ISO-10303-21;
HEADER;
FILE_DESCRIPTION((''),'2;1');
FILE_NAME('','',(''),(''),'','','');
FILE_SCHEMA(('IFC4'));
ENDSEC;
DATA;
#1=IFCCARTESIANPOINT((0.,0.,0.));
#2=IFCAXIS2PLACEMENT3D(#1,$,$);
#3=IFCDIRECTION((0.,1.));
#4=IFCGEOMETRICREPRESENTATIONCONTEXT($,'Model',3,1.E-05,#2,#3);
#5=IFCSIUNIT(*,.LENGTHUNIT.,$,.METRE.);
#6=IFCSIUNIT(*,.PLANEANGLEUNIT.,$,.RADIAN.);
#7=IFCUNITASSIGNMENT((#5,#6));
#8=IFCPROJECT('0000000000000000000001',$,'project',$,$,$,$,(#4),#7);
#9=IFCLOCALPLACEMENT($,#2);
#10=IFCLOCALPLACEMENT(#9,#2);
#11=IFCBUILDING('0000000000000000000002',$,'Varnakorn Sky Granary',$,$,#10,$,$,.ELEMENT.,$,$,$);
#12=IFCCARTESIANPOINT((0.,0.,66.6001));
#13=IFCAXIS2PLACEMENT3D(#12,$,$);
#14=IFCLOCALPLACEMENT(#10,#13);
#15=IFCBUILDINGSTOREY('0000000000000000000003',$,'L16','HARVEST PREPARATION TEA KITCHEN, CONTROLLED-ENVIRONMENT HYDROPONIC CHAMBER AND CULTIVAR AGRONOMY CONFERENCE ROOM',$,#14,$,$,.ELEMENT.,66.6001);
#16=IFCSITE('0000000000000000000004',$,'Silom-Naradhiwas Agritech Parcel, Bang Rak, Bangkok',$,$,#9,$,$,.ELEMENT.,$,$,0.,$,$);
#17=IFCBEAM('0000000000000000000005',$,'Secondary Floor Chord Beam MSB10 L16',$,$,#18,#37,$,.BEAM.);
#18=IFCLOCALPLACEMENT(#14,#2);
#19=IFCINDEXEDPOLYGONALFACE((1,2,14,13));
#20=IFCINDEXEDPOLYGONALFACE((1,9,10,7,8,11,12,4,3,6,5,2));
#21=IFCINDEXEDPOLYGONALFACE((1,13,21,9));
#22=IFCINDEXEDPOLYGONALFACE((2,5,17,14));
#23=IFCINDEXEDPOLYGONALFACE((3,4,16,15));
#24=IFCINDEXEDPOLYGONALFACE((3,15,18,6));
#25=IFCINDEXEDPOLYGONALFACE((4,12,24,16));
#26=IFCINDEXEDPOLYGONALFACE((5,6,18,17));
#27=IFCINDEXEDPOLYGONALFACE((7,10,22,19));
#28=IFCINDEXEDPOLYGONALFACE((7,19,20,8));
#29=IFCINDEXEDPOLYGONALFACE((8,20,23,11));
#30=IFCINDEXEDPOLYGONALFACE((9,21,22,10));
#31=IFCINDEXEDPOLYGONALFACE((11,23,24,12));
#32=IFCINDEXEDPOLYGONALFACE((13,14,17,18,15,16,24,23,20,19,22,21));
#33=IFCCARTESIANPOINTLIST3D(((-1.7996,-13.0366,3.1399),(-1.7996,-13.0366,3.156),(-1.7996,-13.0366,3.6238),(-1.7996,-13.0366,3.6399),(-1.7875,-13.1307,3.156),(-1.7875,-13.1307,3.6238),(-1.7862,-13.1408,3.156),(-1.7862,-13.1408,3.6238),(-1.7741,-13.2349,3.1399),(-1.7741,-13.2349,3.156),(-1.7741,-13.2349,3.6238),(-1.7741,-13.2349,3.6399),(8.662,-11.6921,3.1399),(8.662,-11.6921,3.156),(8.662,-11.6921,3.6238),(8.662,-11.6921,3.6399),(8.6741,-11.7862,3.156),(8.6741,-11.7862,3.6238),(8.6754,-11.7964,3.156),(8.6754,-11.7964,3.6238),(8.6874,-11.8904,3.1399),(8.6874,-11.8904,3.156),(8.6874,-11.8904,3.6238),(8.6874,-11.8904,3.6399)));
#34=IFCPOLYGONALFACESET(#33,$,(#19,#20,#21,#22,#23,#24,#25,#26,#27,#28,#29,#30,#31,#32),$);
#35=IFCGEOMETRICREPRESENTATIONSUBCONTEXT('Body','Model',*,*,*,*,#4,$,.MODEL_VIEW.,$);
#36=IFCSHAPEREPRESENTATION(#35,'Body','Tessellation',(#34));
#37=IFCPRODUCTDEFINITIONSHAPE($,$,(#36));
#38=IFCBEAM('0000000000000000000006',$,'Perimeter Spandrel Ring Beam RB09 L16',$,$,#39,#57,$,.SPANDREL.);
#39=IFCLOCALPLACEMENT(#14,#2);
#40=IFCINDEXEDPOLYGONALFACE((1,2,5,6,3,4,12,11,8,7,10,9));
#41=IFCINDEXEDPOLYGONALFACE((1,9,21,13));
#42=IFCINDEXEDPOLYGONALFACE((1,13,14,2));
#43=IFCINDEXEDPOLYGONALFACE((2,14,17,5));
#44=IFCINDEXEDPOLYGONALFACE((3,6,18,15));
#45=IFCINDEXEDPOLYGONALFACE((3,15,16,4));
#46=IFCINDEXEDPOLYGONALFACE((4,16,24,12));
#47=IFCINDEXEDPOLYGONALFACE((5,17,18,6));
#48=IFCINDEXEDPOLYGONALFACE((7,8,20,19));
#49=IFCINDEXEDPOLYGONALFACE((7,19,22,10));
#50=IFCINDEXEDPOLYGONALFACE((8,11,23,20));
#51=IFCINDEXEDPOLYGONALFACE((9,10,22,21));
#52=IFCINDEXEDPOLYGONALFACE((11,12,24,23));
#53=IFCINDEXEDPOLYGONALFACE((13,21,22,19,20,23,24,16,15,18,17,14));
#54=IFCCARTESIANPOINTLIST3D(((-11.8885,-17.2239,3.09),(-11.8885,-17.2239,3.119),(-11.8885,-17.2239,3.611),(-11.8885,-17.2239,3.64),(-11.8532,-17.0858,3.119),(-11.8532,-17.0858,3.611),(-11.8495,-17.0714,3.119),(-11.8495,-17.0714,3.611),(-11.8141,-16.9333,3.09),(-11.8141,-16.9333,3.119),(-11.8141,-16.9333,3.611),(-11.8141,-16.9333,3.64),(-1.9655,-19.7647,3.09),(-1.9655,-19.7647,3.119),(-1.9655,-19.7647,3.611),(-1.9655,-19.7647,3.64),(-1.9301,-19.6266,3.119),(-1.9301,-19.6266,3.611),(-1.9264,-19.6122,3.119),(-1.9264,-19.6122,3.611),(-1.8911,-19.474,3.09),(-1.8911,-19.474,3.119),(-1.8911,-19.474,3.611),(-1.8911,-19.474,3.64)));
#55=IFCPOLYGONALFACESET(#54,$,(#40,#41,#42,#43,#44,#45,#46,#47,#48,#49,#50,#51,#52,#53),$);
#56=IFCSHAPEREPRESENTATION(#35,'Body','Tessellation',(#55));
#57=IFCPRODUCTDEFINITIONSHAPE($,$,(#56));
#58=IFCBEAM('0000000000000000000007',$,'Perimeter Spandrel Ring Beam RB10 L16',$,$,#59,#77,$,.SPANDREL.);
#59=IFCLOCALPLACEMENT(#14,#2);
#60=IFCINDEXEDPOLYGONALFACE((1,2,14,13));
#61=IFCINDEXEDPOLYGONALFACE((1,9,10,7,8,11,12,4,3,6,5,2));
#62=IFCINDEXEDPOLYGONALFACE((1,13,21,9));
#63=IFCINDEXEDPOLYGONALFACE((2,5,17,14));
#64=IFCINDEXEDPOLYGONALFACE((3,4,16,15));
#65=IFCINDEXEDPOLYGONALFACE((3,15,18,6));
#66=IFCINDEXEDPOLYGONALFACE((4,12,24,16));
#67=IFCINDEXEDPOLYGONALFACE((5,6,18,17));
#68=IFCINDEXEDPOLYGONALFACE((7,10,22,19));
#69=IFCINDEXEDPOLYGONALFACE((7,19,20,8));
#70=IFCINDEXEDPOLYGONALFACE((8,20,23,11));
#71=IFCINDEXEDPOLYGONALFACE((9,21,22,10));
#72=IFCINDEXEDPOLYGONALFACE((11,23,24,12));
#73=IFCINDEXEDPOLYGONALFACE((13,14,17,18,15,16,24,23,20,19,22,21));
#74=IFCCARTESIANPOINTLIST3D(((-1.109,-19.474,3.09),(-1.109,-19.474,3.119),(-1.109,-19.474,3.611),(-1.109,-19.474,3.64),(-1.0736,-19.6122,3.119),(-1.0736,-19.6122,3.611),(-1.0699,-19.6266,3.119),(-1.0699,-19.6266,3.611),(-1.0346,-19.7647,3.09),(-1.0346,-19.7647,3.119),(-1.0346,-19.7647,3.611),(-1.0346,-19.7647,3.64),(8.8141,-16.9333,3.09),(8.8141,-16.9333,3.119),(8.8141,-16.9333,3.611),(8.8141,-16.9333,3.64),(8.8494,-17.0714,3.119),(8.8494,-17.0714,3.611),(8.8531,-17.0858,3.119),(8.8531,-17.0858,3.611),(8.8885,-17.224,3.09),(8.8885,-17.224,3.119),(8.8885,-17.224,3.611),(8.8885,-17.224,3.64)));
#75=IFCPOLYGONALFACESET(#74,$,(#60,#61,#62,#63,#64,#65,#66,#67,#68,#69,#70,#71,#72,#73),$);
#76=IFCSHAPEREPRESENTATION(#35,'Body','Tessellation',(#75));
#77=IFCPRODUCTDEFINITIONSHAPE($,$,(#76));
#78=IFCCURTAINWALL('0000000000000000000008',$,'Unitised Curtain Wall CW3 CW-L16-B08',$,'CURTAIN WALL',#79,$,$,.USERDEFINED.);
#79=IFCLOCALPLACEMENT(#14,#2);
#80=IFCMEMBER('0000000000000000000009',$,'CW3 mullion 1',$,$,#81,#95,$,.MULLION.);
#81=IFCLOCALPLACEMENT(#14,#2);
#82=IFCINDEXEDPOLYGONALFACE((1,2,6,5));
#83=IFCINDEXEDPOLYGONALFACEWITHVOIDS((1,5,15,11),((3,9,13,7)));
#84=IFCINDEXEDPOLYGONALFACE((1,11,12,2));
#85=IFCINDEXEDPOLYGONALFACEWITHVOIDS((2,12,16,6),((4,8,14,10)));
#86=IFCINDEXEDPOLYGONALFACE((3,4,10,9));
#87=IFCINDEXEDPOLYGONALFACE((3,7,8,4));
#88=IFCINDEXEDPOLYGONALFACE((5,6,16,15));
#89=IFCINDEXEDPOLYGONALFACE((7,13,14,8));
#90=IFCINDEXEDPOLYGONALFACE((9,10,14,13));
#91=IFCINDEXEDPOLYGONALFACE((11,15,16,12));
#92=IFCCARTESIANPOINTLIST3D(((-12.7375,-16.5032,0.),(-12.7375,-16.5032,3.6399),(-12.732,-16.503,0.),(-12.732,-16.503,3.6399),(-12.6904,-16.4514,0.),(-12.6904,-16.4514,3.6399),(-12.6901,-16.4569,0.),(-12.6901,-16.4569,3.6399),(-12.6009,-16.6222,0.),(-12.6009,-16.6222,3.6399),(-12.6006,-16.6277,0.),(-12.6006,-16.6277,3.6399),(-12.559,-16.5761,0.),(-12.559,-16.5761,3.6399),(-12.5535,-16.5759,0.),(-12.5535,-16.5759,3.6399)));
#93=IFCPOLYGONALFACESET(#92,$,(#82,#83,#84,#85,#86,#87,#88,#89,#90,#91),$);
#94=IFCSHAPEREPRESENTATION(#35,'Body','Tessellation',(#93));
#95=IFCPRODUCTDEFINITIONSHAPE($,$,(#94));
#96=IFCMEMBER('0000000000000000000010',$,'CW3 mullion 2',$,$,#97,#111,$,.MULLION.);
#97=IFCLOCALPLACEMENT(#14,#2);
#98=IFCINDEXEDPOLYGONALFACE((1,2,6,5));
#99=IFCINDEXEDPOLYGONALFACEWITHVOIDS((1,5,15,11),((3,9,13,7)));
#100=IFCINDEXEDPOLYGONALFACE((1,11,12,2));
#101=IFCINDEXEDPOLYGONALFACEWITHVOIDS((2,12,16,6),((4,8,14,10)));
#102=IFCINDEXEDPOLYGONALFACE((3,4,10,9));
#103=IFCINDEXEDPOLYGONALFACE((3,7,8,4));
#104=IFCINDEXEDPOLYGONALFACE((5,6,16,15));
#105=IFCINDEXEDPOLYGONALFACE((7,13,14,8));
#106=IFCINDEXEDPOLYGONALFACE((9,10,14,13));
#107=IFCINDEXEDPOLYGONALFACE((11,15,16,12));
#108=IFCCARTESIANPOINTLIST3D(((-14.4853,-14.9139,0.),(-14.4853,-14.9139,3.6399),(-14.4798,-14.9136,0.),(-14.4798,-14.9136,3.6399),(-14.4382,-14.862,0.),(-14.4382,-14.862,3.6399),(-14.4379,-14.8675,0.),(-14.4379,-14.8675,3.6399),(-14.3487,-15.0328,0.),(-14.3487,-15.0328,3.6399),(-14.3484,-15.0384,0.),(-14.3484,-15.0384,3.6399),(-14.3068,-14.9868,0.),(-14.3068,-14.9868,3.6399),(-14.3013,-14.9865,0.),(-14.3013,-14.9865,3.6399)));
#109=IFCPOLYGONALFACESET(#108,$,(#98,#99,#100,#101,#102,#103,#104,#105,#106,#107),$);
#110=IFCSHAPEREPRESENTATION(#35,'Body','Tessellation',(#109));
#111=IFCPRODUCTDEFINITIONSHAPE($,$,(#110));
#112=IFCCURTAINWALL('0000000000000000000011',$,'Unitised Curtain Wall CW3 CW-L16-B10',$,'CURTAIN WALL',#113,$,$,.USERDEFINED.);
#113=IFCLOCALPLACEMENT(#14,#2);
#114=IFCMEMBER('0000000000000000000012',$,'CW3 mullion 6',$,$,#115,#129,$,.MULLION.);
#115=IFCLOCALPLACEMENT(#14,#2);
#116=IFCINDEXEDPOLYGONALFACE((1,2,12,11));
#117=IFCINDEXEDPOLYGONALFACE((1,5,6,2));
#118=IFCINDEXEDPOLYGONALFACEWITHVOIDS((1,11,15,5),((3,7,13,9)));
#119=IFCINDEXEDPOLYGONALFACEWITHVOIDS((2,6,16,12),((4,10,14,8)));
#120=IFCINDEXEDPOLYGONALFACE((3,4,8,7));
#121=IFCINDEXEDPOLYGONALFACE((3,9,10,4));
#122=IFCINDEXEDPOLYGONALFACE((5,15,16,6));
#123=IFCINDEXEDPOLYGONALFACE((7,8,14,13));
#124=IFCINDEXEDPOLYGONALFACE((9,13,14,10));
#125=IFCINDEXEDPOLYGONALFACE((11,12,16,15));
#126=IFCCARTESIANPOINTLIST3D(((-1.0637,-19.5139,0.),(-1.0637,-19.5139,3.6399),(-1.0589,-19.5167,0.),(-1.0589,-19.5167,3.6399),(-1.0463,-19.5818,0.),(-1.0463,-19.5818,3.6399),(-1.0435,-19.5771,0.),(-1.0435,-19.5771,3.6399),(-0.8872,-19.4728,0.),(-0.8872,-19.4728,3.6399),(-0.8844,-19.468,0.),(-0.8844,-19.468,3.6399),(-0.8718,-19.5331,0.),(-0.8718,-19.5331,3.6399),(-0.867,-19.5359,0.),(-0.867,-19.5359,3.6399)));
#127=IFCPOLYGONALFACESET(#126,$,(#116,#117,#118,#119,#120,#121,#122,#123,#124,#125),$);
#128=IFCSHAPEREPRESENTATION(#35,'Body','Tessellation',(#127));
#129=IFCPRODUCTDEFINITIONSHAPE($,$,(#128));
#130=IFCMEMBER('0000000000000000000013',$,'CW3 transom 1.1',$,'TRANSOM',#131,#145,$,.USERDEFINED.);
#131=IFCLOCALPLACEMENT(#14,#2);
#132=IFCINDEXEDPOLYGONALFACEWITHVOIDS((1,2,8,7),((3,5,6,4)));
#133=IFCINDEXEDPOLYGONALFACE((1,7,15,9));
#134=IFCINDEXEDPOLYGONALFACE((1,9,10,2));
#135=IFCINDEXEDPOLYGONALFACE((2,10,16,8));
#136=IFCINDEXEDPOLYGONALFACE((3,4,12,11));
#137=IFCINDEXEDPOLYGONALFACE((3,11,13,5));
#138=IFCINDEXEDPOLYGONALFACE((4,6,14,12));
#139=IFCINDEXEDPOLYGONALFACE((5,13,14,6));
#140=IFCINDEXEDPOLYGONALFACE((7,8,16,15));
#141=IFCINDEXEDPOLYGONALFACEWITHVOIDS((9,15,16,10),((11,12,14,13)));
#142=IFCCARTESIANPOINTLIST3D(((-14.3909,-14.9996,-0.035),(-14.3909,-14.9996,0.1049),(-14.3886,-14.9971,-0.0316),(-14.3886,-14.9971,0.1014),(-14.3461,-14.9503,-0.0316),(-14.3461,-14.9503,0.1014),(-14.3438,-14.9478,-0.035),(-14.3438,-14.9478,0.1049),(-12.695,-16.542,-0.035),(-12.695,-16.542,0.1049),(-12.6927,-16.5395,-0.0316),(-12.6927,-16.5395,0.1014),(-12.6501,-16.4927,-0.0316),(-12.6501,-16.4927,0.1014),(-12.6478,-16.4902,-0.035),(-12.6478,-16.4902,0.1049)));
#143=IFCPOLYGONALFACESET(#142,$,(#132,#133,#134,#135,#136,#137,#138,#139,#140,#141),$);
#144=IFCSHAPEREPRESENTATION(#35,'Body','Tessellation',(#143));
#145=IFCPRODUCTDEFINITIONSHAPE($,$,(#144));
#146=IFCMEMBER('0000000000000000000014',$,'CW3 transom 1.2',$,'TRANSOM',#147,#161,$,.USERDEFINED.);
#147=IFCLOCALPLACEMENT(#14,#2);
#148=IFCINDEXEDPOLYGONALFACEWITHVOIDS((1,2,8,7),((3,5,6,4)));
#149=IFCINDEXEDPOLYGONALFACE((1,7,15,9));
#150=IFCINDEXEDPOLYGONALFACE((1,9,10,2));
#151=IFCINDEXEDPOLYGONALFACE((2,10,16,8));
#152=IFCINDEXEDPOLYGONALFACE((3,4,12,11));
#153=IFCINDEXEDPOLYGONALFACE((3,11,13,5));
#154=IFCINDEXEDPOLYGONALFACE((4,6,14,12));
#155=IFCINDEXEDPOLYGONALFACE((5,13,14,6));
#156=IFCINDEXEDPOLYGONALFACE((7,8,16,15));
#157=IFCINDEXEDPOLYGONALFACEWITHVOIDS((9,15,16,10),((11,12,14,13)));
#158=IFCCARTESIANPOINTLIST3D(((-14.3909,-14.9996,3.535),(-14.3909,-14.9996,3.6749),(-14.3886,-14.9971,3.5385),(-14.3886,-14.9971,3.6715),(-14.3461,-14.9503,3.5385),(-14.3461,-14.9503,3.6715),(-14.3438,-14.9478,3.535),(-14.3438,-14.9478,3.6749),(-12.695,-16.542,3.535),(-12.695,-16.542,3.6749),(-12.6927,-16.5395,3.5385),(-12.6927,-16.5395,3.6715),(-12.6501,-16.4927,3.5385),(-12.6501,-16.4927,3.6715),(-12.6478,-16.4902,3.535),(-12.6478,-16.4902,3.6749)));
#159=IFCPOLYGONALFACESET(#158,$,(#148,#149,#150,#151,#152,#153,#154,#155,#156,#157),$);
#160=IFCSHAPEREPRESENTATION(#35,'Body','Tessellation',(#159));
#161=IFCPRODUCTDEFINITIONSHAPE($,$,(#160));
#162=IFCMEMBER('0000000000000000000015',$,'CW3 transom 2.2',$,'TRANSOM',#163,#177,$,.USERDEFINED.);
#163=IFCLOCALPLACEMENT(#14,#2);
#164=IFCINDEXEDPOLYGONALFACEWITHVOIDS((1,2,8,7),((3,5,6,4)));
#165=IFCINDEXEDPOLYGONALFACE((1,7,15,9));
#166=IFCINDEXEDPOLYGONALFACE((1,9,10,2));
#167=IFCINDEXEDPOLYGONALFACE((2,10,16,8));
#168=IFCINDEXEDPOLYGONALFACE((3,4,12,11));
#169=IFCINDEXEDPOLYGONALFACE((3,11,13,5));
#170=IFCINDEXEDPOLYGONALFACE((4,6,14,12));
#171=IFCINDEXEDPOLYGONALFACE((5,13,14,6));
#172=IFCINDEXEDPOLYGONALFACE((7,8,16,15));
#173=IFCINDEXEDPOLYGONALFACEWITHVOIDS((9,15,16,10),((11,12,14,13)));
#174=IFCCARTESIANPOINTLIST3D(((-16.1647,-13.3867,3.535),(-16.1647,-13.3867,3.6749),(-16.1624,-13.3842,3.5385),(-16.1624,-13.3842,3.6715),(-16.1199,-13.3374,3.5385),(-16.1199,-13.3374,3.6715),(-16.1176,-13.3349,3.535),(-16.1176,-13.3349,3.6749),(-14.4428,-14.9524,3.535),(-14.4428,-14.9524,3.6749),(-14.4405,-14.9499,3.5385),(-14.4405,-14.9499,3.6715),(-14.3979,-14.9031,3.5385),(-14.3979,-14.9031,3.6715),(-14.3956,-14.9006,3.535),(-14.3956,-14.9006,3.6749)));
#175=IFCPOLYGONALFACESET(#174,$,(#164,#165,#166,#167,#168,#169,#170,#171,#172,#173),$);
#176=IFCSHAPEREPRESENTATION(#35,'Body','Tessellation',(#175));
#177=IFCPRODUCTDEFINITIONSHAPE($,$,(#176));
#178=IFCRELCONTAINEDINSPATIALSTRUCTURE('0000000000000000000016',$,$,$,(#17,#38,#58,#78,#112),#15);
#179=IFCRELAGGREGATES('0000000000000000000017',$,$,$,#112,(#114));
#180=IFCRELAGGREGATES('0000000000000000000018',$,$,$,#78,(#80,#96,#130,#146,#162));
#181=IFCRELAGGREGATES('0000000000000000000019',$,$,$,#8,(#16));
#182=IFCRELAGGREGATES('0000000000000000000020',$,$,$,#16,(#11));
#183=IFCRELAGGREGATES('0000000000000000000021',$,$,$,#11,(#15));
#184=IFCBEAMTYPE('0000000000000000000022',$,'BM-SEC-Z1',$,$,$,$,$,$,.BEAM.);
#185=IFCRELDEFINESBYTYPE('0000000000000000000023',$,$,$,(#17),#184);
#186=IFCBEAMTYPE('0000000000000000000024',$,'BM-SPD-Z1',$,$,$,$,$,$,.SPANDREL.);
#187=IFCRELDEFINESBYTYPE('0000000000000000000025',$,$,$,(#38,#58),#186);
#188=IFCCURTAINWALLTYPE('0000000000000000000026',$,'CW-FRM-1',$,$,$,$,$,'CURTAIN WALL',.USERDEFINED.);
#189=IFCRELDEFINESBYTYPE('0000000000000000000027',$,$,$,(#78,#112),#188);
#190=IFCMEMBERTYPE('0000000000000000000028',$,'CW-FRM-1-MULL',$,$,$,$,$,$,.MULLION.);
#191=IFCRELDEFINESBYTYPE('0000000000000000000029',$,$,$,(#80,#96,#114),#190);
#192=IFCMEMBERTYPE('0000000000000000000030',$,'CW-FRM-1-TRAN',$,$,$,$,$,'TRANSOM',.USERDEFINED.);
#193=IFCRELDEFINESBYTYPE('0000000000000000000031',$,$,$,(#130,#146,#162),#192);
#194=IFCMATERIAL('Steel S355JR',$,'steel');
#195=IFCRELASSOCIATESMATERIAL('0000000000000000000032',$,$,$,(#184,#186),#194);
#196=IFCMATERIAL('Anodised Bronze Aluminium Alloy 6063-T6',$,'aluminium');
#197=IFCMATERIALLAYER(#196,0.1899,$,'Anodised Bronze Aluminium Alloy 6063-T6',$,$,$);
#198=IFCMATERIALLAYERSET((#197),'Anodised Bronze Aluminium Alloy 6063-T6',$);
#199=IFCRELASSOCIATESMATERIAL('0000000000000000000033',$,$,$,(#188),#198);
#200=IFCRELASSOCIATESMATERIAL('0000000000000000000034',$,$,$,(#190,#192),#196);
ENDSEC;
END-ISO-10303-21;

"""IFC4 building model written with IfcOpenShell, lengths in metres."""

from ifc_helpers import new_model, si_unit, direction, frame, origin, origin_2d, place, context, subcontext, project, spatial, hollow_rectangle, i_section, extrude, material, layer, layer_set, material_profile, profile_set, type_object, element, aggregate, save


model = new_model("IFC4")

# Units and contexts
model_context = context("Model", 3, precision=1e-05, world=origin(), true_north=direction((0.0, 1.0)))
body_context = subcontext(model_context, "Body", "Model", "MODEL_VIEW")
ifc_project = project(units=[si_unit("LENGTHUNIT", "METRE"), si_unit("PLANEANGLEUNIT", "RADIAN")], contexts=[model_context])

# Site, building, storey
site_placement = place(None, origin())
site = spatial("IfcSite", under=ifc_project, at=site_placement, Name="Silom-Naradhiwas Agritech Parcel, Bang Rak, Bangkok", CompositionType="ELEMENT", RefElevation=0.0)
building_placement = place(site_placement, origin())
building = spatial("IfcBuilding", under=site, at=building_placement, Name="Varnakorn Sky Granary", CompositionType="ELEMENT")
storey_placement = place(building_placement, frame((0.0, 0.0, 66.6001)))
storey = spatial("IfcBuildingStorey", under=building, at=storey_placement, Name="L16", Description="HARVEST PREPARATION TEA KITCHEN, CONTROLLED-ENVIRONMENT HYDROPONIC CHAMBER AND CULTIVAR AGRONOMY CONFERENCE ROOM", CompositionType="ELEMENT", Elevation=66.6001)

# Beams
ifc_material_1 = material(Name="Steel S355JR", Category="steel")
ifc_material_profile_1 = material_profile(ifc_material_1, i_section(OverallWidth=0.2, OverallDepth=0.5, WebThickness=0.0103, FlangeThickness=0.0161, at=origin_2d()), Name="IPE 500")
ifc_profile_set_1 = profile_set([ifc_material_profile_1], Name="Steel S355JR")
beam_type_1 = type_object("IfcBeamType", Name="BM-SEC-Z1", PredefinedType="BEAM", material=ifc_profile_set_1)
beam_1_placement = place(storey_placement, frame((-1.7869, -13.1357, 3.3899), z_axis=(0.991843, 0.127467, 0.0), x_axis=(-0.127467, 0.991843, 0.0)))
element("IfcBeam", 1, at=beam_1_placement, inside=storey, type_object=beam_type_1, Name="Secondary Floor Chord Beam MSB10 L16", PredefinedType="BEAM", context=body_context, shape_type="SweptSolid", body=[
    extrude(i_section(OverallWidth=0.2, OverallDepth=0.5, WebThickness=0.0103, FlangeThickness=0.0161, at=origin_2d()), origin(), (0.0, 0.0, 1.0), 10.5476),
])
ifc_material_profile_2 = material_profile(ifc_material_1, i_section(OverallWidth=0.3, OverallDepth=0.55, WebThickness=0.0149, FlangeThickness=0.0291, at=origin_2d()), Name="HE 550 B")
ifc_profile_set_2 = profile_set([ifc_material_profile_2], Name="Steel S355JR")
beam_type_2 = type_object("IfcBeamType", Name="BM-SPD-Z1", PredefinedType="SPANDREL", material=ifc_profile_set_2)
for number, where, z_axis, x_axis, name in (
    (2, (-11.8513, -17.0786, 3.365), (0.968749, -0.248044, 0.0), (0.248044, 0.968749, 0.0), "Perimeter Spandrel Ring Beam RB09 L16"),
    (3, (-1.0718, -19.6194, 3.365), (0.968749, 0.248044, 0.0), (-0.248044, 0.968749, 0.0), "Perimeter Spandrel Ring Beam RB10 L16"),
):
    element("IfcBeam", number, at=place(storey_placement, frame(where, z_axis=z_axis, x_axis=x_axis)), inside=storey, type_object=beam_type_2, Name=name, PredefinedType="SPANDREL", context=body_context, shape_type="SweptSolid", body=[
        extrude(i_section(OverallWidth=0.3, OverallDepth=0.55, WebThickness=0.0149, FlangeThickness=0.0291, at=origin_2d()), origin(), (0.0, 0.0, 1.0), 10.2432),
    ])

# Curtain wall, members
ifc_material_2 = material(Name="Anodised Bronze Aluminium Alloy 6063-T6", Category="aluminium")
ifc_layer_1 = layer(ifc_material_2, 0.1899, Name="Anodised Bronze Aluminium Alloy 6063-T6")
ifc_layer_set_1 = layer_set([ifc_layer_1], Name="Anodised Bronze Aluminium Alloy 6063-T6")
curtain_wall_type = type_object("IfcCurtainWallType", Name="CW-FRM-1", ElementType="CURTAIN WALL", PredefinedType="USERDEFINED", material=ifc_layer_set_1)
curtain_wall_1_placement = place(storey_placement, origin())
curtain_wall_1 = element("IfcCurtainWall", 4, at=curtain_wall_1_placement, inside=storey, type_object=curtain_wall_type, Name="Unitised Curtain Wall CW3 CW-L16-B08", ObjectType="CURTAIN WALL", PredefinedType="USERDEFINED")
ifc_material_profile_3 = material_profile(ifc_material_2, hollow_rectangle(XDim=0.0701, YDim=0.1851, WallThickness=0.0039, at=origin_2d()), Name="ALU MULL 70x185")
ifc_profile_set_3 = profile_set([ifc_material_profile_3], Name="Anodised Bronze Aluminium Alloy 6063-T6")
member_type_1 = type_object("IfcMemberType", Name="CW-FRM-1-MULL", PredefinedType="MULLION", material=ifc_profile_set_3)
member_1_placement = place(storey_placement, frame((-12.6455, -16.5396, 0.0), z_axis=(0.0, 0.0, 1.0), x_axis=(-0.672776, -0.739847, 0.0)))
member_1 = element("IfcMember", 5, at=member_1_placement, type_object=member_type_1, Name="CW3 mullion 1", PredefinedType="MULLION", context=body_context, shape_type="SweptSolid", body=[
    extrude(hollow_rectangle(XDim=0.0701, YDim=0.1851, WallThickness=0.0039, at=origin_2d()), origin(), (0.0, 0.0, 1.0), 3.6399),
])
member_2_placement = place(storey_placement, frame((-14.3933, -14.9502, 0.0), z_axis=(0.0, 0.0, 1.0), x_axis=(-0.672776, -0.739847, 0.0)))
member_2 = element("IfcMember", 6, at=member_2_placement, type_object=member_type_1, Name="CW3 mullion 2", PredefinedType="MULLION", context=body_context, shape_type="SweptSolid", body=[
    extrude(hollow_rectangle(XDim=0.0701, YDim=0.1851, WallThickness=0.0039, at=origin_2d()), origin(), (0.0, 0.0, 1.0), 3.6399),
])

# Curtain wall, member
curtain_wall_2_placement = place(storey_placement, origin())
curtain_wall_2 = element("IfcCurtainWall", 7, at=curtain_wall_2_placement, inside=storey, type_object=curtain_wall_type, Name="Unitised Curtain Wall CW3 CW-L16-B10", ObjectType="CURTAIN WALL", PredefinedType="USERDEFINED")
member_3_placement = place(storey_placement, frame((-0.9653, -19.5249, 0.0), z_axis=(0.0, 0.0, 1.0), x_axis=(0.248211, -0.968706, 0.0)))
member_3 = element("IfcMember", 8, at=member_3_placement, type_object=member_type_1, Name="CW3 mullion 6", PredefinedType="MULLION", context=body_context, shape_type="SweptSolid", body=[
    extrude(hollow_rectangle(XDim=0.0701, YDim=0.1851, WallThickness=0.0039, at=origin_2d()), origin(), (0.0, 0.0, 1.0), 3.6399),
])
aggregate(curtain_wall_2, [member_3])

# Members
ifc_material_profile_4 = material_profile(ifc_material_2, hollow_rectangle(XDim=0.0701, YDim=0.1399, WallThickness=0.0034, at=origin_2d()), Name="ALU TRAN 70x140")
ifc_profile_set_4 = profile_set([ifc_material_profile_4], Name="Anodised Bronze Aluminium Alloy 6063-T6")
member_type_2 = type_object("IfcMemberType", Name="CW-FRM-1-TRAN", ElementType="TRANSOM", PredefinedType="USERDEFINED", material=ifc_profile_set_4)
member_4_placement = place(storey_placement, frame((-12.6714, -16.5161, 0.0349), z_axis=(-0.739805, 0.672821, 0.0), x_axis=(-0.672821, -0.739805, 0.0)))
member_4 = element("IfcMember", 9, at=member_4_placement, type_object=member_type_2, Name="CW3 transom 1.1", ObjectType="TRANSOM", PredefinedType="USERDEFINED", context=body_context, shape_type="SweptSolid", body=[
    extrude(hollow_rectangle(XDim=0.0701, YDim=0.1399, WallThickness=0.0034, at=origin_2d()), origin(), (0.0, 0.0, 1.0), 2.2925),
])
member_5_placement = place(storey_placement, frame((-12.6714, -16.5161, 3.605), z_axis=(-0.739805, 0.672821, 0.0), x_axis=(-0.672821, -0.739805, 0.0)))
member_5 = element("IfcMember", 10, at=member_5_placement, type_object=member_type_2, Name="CW3 transom 1.2", ObjectType="TRANSOM", PredefinedType="USERDEFINED", context=body_context, shape_type="SweptSolid", body=[
    extrude(hollow_rectangle(XDim=0.0701, YDim=0.1399, WallThickness=0.0034, at=origin_2d()), origin(), (0.0, 0.0, 1.0), 2.2925),
])
member_6_placement = place(storey_placement, frame((-14.4192, -14.9265, 3.605), z_axis=(-0.739878, 0.672741, 0.0), x_axis=(-0.672741, -0.739878, 0.0)))
member_6 = element("IfcMember", 11, at=member_6_placement, type_object=member_type_2, Name="CW3 transom 2.2", ObjectType="TRANSOM", PredefinedType="USERDEFINED", context=body_context, shape_type="SweptSolid", body=[
    extrude(hollow_rectangle(XDim=0.0701, YDim=0.1399, WallThickness=0.0034, at=origin_2d()), origin(), (0.0, 0.0, 1.0), 2.3274),
])

aggregate(curtain_wall_1, [member_1, member_2, member_4, member_5, member_6])

save(model, "model.ifc")
